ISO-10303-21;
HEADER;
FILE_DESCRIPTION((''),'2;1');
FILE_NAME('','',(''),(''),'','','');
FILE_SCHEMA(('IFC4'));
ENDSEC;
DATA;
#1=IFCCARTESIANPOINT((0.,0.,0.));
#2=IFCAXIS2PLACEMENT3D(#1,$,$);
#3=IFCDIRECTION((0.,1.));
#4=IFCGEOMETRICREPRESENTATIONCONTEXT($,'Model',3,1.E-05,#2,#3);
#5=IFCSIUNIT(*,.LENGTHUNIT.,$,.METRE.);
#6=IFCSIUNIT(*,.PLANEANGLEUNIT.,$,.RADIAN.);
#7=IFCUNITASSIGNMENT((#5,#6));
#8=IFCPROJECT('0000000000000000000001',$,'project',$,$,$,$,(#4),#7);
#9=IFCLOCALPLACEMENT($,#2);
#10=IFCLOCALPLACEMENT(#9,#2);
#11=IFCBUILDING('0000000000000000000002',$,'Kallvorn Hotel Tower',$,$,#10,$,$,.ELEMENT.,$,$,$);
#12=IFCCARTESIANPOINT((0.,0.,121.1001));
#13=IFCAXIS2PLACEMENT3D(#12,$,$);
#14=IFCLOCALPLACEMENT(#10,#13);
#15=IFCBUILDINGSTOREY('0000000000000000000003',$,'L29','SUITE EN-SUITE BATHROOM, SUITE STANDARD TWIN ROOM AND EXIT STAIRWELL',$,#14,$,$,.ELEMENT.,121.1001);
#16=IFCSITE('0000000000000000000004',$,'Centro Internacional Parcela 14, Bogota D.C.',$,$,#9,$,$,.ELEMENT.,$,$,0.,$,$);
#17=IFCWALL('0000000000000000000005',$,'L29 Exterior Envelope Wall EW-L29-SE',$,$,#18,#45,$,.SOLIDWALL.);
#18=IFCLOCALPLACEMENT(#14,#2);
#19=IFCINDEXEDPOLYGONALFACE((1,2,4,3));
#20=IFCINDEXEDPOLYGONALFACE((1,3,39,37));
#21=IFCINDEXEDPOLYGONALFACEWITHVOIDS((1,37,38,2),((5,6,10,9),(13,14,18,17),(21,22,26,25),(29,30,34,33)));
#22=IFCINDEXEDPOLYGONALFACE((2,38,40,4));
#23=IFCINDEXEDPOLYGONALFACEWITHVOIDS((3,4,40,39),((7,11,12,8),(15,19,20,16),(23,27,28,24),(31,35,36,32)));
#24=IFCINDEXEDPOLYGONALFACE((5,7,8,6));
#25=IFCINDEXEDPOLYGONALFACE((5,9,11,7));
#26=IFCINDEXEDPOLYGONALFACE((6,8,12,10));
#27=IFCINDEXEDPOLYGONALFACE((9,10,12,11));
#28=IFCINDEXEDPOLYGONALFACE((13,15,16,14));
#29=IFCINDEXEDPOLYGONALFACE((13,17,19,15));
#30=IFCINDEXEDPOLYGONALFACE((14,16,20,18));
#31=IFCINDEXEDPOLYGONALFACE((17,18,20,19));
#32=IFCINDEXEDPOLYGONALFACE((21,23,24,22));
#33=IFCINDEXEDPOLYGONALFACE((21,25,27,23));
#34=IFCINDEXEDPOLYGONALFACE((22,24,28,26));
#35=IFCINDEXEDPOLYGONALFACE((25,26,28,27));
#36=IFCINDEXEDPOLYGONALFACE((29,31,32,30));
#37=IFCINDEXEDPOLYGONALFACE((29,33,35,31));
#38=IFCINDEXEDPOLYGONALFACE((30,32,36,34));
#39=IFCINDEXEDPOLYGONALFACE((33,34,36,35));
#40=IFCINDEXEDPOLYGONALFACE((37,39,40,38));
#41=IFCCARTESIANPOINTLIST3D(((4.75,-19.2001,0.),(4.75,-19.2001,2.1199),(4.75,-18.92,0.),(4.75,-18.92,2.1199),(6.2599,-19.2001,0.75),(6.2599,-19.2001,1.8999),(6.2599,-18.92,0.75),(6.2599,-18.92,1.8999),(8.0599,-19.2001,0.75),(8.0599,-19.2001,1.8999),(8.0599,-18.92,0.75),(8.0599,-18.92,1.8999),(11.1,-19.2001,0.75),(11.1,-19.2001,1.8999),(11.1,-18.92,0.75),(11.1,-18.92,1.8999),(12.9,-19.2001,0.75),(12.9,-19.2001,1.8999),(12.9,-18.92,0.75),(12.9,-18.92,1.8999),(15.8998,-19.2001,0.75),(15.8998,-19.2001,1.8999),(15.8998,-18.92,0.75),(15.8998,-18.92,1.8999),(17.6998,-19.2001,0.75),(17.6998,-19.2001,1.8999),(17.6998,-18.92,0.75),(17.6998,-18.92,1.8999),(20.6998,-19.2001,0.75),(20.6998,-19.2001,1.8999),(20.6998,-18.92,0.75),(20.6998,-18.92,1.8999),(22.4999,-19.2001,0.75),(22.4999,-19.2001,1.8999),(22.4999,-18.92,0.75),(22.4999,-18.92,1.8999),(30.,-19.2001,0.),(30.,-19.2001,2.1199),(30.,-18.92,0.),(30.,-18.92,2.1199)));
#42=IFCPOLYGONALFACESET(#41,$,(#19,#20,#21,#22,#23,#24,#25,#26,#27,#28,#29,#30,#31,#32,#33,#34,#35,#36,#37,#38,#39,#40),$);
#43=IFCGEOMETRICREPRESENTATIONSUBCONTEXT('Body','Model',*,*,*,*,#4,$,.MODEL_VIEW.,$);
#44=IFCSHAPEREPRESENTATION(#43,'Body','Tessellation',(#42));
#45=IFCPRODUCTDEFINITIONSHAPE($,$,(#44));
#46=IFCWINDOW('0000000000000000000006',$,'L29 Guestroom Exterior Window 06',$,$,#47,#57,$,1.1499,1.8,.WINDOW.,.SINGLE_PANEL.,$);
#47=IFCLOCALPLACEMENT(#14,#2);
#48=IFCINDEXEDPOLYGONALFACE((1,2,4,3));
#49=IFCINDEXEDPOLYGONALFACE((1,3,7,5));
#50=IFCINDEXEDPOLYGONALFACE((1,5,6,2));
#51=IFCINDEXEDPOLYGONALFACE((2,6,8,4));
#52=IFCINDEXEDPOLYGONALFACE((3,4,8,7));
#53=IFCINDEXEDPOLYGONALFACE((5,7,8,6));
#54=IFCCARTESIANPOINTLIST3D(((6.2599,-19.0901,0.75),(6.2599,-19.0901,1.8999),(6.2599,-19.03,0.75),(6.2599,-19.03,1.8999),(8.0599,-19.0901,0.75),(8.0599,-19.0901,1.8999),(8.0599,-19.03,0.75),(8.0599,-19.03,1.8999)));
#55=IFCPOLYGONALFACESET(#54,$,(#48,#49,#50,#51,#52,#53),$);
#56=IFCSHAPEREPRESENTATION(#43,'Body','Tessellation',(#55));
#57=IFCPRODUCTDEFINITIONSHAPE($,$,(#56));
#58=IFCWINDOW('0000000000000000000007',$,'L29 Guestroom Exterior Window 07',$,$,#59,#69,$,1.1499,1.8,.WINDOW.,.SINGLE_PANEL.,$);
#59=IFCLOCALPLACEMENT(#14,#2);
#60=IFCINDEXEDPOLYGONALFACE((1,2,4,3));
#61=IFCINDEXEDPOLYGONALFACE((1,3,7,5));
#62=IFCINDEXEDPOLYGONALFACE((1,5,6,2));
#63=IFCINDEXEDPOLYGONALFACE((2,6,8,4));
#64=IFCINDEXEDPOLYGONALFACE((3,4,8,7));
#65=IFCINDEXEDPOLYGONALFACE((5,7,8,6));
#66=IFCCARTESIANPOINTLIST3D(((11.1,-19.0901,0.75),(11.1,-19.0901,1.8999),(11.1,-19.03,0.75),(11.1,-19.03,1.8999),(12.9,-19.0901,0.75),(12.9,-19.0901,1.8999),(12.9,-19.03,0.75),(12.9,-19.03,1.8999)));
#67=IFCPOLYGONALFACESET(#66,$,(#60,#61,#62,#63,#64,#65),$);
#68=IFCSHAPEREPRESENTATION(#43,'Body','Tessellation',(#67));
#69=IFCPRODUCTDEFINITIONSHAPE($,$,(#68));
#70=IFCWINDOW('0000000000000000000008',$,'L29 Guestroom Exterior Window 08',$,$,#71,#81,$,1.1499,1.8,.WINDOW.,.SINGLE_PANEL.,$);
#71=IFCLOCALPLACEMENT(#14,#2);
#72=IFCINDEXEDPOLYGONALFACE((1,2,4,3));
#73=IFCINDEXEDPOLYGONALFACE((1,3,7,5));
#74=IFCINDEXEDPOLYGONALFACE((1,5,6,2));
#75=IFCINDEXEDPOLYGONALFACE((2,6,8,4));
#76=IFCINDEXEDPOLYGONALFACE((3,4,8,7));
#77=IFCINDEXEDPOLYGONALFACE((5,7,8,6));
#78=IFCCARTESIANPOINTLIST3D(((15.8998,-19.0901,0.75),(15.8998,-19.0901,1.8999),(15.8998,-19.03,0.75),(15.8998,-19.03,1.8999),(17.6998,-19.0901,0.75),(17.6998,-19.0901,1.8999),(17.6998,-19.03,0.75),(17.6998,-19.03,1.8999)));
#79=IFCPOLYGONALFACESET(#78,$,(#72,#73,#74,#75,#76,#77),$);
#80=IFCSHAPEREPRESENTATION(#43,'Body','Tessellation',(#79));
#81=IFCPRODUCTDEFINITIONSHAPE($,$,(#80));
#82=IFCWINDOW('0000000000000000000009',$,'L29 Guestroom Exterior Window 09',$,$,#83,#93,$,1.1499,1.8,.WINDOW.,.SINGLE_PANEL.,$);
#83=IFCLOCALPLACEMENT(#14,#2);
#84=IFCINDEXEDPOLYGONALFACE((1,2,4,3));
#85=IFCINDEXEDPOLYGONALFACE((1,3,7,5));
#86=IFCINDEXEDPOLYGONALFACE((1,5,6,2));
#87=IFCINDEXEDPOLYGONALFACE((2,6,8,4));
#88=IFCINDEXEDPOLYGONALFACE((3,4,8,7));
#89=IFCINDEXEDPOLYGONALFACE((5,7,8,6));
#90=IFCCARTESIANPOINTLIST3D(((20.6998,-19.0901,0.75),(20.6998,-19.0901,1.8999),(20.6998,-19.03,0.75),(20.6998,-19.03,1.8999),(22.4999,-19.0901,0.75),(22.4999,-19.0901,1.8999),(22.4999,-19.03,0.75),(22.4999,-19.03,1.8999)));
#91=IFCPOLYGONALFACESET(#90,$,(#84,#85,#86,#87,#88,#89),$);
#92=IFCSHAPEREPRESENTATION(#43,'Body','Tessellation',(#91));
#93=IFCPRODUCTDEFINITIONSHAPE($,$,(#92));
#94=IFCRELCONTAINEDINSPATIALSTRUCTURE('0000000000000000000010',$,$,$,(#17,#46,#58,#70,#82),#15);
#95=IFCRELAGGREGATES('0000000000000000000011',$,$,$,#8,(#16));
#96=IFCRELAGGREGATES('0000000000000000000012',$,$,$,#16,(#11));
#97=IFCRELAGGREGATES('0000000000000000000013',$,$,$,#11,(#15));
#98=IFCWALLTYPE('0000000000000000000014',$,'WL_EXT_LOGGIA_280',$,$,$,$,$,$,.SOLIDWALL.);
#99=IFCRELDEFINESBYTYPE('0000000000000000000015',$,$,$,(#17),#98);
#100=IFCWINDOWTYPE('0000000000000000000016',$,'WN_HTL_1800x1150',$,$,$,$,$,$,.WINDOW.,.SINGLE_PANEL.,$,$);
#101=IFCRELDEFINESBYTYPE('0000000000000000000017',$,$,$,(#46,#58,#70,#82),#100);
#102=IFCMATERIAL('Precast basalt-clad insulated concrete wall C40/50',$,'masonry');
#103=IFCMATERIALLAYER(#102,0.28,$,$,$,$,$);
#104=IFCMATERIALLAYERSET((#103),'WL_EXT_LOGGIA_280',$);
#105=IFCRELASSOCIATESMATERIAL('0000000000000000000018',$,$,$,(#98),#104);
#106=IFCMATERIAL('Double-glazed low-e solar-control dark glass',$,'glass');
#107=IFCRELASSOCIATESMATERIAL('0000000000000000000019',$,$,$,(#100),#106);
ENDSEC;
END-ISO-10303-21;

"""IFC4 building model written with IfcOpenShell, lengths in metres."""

from ifc_helpers import new_model, si_unit, direction, frame, frame_2d, origin, place, context, subcontext, project, spatial, rectangle, extrude, material, layer, layer_set, type_object, element, fill, save


model = new_model("IFC4")

# Units and contexts
model_context = context("Model", 3, precision=1e-05, world=origin(), true_north=direction((0.0, 1.0)))
body_context = subcontext(model_context, "Body", "Model", "MODEL_VIEW")
ifc_project = project(units=[si_unit("LENGTHUNIT", "METRE"), si_unit("PLANEANGLEUNIT", "RADIAN")], contexts=[model_context])

# Site, building, storey
site_placement = place(None, origin())
site = spatial("IfcSite", under=ifc_project, at=site_placement, Name="Centro Internacional Parcela 14, Bogota D.C.", CompositionType="ELEMENT", RefElevation=0.0)
building_placement = place(site_placement, origin())
building = spatial("IfcBuilding", under=site, at=building_placement, Name="Kallvorn Hotel Tower", CompositionType="ELEMENT")
storey_placement = place(building_placement, frame((0.0, 0.0, 121.1001)))
storey = spatial("IfcBuildingStorey", under=building, at=storey_placement, Name="L29", Description="SUITE EN-SUITE BATHROOM, SUITE STANDARD TWIN ROOM AND EXIT STAIRWELL", CompositionType="ELEMENT", Elevation=121.1001)

# Wall, openings, windows
ifc_material_1 = material(Name="Precast basalt-clad insulated concrete wall C40/50", Category="masonry")
ifc_layer_1 = layer(ifc_material_1, 0.28)
ifc_layer_set_1 = layer_set([ifc_layer_1], Name="WL_EXT_LOGGIA_280")
wall_type_1 = type_object("IfcWallType", Name="WL_EXT_LOGGIA_280", PredefinedType="SOLIDWALL", material=ifc_layer_set_1)
wall_1_placement = place(storey_placement, frame((4.75, -19.0601, 0.0), z_axis=(0.0, 0.0, 1.0), x_axis=(1.0, 0.0, 0.0)))
wall_1 = element("IfcWall", 1, at=wall_1_placement, inside=storey, type_object=wall_type_1, Name="L29 Exterior Envelope Wall EW-L29-SE", PredefinedType="SOLIDWALL", context=body_context, shape_type="SweptSolid", body=[
    extrude(rectangle(XDim=25.25, YDim=0.28, at=frame_2d((12.625, 0.0))), origin(), (0.0, 0.0, 1.0), 2.1199),
])
opening_1_placement = place(wall_1_placement, frame((1.51, 0.0, 0.75)))
opening_1 = element("IfcOpeningElement", 2, at=opening_1_placement, cuts=wall_1, PredefinedType="OPENING", context=body_context, shape_type="SweptSolid", body=[
    extrude(rectangle(XDim=1.8, YDim=1.1499, at=frame_2d((0.8999, 0.575))), frame((0.0, 0.155, 0.0), z_axis=(0.0, -1.0, 0.0), x_axis=(1.0, 0.0, 0.0)), (0.0, 0.0, 1.0), 0.3101),
])
opening_2_placement = place(wall_1_placement, frame((6.3501, 0.0, 0.75)))
opening_2 = element("IfcOpeningElement", 3, at=opening_2_placement, cuts=wall_1, PredefinedType="OPENING", context=body_context, shape_type="SweptSolid", body=[
    extrude(rectangle(XDim=1.8, YDim=1.1499, at=frame_2d((0.8999, 0.575))), frame((0.0, 0.155, 0.0), z_axis=(0.0, -1.0, 0.0), x_axis=(1.0, 0.0, 0.0)), (0.0, 0.0, 1.0), 0.3101),
])
opening_3_placement = place(wall_1_placement, frame((11.1499, 0.0, 0.75)))
opening_3 = element("IfcOpeningElement", 4, at=opening_3_placement, cuts=wall_1, PredefinedType="OPENING", context=body_context, shape_type="SweptSolid", body=[
    extrude(rectangle(XDim=1.8, YDim=1.1499, at=frame_2d((0.8999, 0.575))), frame((0.0, 0.155, 0.0), z_axis=(0.0, -1.0, 0.0), x_axis=(1.0, 0.0, 0.0)), (0.0, 0.0, 1.0), 0.3101),
])
opening_4_placement = place(wall_1_placement, frame((15.95, 0.0, 0.75)))
opening_4 = element("IfcOpeningElement", 5, at=opening_4_placement, cuts=wall_1, PredefinedType="OPENING", context=body_context, shape_type="SweptSolid", body=[
    extrude(rectangle(XDim=1.8, YDim=1.1499, at=frame_2d((0.8999, 0.575))), frame((0.0, 0.155, 0.0), z_axis=(0.0, -1.0, 0.0), x_axis=(1.0, 0.0, 0.0)), (0.0, 0.0, 1.0), 0.3101),
])
ifc_material_2 = material(Name="Double-glazed low-e solar-control dark glass", Category="glass")
window_type = type_object("IfcWindowType", Name="WN_HTL_1800x1150", PartitioningType="SINGLE_PANEL", PredefinedType="WINDOW", material=ifc_material_2)
window_1_placement = place(opening_1_placement, origin())
window_1 = element("IfcWindow", 6, at=window_1_placement, inside=storey, type_object=window_type, Name="L29 Guestroom Exterior Window 06", OverallHeight=1.1499, OverallWidth=1.8, PartitioningType="SINGLE_PANEL", PredefinedType="WINDOW", context=body_context, shape_type="SweptSolid", body=[
    extrude(rectangle(XDim=1.8, YDim=1.1499, at=frame_2d((0.8999, 0.575))), frame((0.0, 0.03, 0.0), z_axis=(0.0, -1.0, 0.0), x_axis=(1.0, 0.0, 0.0)), (0.0, 0.0, 1.0), 0.0601),
])
fill(opening_1, window_1)
window_2_placement = place(opening_2_placement, origin())
window_2 = element("IfcWindow", 7, at=window_2_placement, inside=storey, type_object=window_type, Name="L29 Guestroom Exterior Window 07", OverallHeight=1.1499, OverallWidth=1.8, PartitioningType="SINGLE_PANEL", PredefinedType="WINDOW", context=body_context, shape_type="SweptSolid", body=[
    extrude(rectangle(XDim=1.8, YDim=1.1499, at=frame_2d((0.8999, 0.575))), frame((0.0, 0.03, 0.0), z_axis=(0.0, -1.0, 0.0), x_axis=(1.0, 0.0, 0.0)), (0.0, 0.0, 1.0), 0.0601),
])
fill(opening_2, window_2)
window_3_placement = place(opening_3_placement, origin())
window_3 = element("IfcWindow", 8, at=window_3_placement, inside=storey, type_object=window_type, Name="L29 Guestroom Exterior Window 08", OverallHeight=1.1499, OverallWidth=1.8, PartitioningType="SINGLE_PANEL", PredefinedType="WINDOW", context=body_context, shape_type="SweptSolid", body=[
    extrude(rectangle(XDim=1.8, YDim=1.1499, at=frame_2d((0.8999, 0.575))), frame((0.0, 0.03, 0.0), z_axis=(0.0, -1.0, 0.0), x_axis=(1.0, 0.0, 0.0)), (0.0, 0.0, 1.0), 0.0601),
])
fill(opening_3, window_3)
window_4_placement = place(opening_4_placement, origin())
window_4 = element("IfcWindow", 9, at=window_4_placement, inside=storey, type_object=window_type, Name="L29 Guestroom Exterior Window 09", OverallHeight=1.1499, OverallWidth=1.8, PartitioningType="SINGLE_PANEL", PredefinedType="WINDOW", context=body_context, shape_type="SweptSolid", body=[
    extrude(rectangle(XDim=1.8, YDim=1.1499, at=frame_2d((0.8999, 0.575))), frame((0.0, 0.03, 0.0), z_axis=(0.0, -1.0, 0.0), x_axis=(1.0, 0.0, 0.0)), (0.0, 0.0, 1.0), 0.0601),
])
fill(opening_4, window_4)

save(model, "model.ifc")
